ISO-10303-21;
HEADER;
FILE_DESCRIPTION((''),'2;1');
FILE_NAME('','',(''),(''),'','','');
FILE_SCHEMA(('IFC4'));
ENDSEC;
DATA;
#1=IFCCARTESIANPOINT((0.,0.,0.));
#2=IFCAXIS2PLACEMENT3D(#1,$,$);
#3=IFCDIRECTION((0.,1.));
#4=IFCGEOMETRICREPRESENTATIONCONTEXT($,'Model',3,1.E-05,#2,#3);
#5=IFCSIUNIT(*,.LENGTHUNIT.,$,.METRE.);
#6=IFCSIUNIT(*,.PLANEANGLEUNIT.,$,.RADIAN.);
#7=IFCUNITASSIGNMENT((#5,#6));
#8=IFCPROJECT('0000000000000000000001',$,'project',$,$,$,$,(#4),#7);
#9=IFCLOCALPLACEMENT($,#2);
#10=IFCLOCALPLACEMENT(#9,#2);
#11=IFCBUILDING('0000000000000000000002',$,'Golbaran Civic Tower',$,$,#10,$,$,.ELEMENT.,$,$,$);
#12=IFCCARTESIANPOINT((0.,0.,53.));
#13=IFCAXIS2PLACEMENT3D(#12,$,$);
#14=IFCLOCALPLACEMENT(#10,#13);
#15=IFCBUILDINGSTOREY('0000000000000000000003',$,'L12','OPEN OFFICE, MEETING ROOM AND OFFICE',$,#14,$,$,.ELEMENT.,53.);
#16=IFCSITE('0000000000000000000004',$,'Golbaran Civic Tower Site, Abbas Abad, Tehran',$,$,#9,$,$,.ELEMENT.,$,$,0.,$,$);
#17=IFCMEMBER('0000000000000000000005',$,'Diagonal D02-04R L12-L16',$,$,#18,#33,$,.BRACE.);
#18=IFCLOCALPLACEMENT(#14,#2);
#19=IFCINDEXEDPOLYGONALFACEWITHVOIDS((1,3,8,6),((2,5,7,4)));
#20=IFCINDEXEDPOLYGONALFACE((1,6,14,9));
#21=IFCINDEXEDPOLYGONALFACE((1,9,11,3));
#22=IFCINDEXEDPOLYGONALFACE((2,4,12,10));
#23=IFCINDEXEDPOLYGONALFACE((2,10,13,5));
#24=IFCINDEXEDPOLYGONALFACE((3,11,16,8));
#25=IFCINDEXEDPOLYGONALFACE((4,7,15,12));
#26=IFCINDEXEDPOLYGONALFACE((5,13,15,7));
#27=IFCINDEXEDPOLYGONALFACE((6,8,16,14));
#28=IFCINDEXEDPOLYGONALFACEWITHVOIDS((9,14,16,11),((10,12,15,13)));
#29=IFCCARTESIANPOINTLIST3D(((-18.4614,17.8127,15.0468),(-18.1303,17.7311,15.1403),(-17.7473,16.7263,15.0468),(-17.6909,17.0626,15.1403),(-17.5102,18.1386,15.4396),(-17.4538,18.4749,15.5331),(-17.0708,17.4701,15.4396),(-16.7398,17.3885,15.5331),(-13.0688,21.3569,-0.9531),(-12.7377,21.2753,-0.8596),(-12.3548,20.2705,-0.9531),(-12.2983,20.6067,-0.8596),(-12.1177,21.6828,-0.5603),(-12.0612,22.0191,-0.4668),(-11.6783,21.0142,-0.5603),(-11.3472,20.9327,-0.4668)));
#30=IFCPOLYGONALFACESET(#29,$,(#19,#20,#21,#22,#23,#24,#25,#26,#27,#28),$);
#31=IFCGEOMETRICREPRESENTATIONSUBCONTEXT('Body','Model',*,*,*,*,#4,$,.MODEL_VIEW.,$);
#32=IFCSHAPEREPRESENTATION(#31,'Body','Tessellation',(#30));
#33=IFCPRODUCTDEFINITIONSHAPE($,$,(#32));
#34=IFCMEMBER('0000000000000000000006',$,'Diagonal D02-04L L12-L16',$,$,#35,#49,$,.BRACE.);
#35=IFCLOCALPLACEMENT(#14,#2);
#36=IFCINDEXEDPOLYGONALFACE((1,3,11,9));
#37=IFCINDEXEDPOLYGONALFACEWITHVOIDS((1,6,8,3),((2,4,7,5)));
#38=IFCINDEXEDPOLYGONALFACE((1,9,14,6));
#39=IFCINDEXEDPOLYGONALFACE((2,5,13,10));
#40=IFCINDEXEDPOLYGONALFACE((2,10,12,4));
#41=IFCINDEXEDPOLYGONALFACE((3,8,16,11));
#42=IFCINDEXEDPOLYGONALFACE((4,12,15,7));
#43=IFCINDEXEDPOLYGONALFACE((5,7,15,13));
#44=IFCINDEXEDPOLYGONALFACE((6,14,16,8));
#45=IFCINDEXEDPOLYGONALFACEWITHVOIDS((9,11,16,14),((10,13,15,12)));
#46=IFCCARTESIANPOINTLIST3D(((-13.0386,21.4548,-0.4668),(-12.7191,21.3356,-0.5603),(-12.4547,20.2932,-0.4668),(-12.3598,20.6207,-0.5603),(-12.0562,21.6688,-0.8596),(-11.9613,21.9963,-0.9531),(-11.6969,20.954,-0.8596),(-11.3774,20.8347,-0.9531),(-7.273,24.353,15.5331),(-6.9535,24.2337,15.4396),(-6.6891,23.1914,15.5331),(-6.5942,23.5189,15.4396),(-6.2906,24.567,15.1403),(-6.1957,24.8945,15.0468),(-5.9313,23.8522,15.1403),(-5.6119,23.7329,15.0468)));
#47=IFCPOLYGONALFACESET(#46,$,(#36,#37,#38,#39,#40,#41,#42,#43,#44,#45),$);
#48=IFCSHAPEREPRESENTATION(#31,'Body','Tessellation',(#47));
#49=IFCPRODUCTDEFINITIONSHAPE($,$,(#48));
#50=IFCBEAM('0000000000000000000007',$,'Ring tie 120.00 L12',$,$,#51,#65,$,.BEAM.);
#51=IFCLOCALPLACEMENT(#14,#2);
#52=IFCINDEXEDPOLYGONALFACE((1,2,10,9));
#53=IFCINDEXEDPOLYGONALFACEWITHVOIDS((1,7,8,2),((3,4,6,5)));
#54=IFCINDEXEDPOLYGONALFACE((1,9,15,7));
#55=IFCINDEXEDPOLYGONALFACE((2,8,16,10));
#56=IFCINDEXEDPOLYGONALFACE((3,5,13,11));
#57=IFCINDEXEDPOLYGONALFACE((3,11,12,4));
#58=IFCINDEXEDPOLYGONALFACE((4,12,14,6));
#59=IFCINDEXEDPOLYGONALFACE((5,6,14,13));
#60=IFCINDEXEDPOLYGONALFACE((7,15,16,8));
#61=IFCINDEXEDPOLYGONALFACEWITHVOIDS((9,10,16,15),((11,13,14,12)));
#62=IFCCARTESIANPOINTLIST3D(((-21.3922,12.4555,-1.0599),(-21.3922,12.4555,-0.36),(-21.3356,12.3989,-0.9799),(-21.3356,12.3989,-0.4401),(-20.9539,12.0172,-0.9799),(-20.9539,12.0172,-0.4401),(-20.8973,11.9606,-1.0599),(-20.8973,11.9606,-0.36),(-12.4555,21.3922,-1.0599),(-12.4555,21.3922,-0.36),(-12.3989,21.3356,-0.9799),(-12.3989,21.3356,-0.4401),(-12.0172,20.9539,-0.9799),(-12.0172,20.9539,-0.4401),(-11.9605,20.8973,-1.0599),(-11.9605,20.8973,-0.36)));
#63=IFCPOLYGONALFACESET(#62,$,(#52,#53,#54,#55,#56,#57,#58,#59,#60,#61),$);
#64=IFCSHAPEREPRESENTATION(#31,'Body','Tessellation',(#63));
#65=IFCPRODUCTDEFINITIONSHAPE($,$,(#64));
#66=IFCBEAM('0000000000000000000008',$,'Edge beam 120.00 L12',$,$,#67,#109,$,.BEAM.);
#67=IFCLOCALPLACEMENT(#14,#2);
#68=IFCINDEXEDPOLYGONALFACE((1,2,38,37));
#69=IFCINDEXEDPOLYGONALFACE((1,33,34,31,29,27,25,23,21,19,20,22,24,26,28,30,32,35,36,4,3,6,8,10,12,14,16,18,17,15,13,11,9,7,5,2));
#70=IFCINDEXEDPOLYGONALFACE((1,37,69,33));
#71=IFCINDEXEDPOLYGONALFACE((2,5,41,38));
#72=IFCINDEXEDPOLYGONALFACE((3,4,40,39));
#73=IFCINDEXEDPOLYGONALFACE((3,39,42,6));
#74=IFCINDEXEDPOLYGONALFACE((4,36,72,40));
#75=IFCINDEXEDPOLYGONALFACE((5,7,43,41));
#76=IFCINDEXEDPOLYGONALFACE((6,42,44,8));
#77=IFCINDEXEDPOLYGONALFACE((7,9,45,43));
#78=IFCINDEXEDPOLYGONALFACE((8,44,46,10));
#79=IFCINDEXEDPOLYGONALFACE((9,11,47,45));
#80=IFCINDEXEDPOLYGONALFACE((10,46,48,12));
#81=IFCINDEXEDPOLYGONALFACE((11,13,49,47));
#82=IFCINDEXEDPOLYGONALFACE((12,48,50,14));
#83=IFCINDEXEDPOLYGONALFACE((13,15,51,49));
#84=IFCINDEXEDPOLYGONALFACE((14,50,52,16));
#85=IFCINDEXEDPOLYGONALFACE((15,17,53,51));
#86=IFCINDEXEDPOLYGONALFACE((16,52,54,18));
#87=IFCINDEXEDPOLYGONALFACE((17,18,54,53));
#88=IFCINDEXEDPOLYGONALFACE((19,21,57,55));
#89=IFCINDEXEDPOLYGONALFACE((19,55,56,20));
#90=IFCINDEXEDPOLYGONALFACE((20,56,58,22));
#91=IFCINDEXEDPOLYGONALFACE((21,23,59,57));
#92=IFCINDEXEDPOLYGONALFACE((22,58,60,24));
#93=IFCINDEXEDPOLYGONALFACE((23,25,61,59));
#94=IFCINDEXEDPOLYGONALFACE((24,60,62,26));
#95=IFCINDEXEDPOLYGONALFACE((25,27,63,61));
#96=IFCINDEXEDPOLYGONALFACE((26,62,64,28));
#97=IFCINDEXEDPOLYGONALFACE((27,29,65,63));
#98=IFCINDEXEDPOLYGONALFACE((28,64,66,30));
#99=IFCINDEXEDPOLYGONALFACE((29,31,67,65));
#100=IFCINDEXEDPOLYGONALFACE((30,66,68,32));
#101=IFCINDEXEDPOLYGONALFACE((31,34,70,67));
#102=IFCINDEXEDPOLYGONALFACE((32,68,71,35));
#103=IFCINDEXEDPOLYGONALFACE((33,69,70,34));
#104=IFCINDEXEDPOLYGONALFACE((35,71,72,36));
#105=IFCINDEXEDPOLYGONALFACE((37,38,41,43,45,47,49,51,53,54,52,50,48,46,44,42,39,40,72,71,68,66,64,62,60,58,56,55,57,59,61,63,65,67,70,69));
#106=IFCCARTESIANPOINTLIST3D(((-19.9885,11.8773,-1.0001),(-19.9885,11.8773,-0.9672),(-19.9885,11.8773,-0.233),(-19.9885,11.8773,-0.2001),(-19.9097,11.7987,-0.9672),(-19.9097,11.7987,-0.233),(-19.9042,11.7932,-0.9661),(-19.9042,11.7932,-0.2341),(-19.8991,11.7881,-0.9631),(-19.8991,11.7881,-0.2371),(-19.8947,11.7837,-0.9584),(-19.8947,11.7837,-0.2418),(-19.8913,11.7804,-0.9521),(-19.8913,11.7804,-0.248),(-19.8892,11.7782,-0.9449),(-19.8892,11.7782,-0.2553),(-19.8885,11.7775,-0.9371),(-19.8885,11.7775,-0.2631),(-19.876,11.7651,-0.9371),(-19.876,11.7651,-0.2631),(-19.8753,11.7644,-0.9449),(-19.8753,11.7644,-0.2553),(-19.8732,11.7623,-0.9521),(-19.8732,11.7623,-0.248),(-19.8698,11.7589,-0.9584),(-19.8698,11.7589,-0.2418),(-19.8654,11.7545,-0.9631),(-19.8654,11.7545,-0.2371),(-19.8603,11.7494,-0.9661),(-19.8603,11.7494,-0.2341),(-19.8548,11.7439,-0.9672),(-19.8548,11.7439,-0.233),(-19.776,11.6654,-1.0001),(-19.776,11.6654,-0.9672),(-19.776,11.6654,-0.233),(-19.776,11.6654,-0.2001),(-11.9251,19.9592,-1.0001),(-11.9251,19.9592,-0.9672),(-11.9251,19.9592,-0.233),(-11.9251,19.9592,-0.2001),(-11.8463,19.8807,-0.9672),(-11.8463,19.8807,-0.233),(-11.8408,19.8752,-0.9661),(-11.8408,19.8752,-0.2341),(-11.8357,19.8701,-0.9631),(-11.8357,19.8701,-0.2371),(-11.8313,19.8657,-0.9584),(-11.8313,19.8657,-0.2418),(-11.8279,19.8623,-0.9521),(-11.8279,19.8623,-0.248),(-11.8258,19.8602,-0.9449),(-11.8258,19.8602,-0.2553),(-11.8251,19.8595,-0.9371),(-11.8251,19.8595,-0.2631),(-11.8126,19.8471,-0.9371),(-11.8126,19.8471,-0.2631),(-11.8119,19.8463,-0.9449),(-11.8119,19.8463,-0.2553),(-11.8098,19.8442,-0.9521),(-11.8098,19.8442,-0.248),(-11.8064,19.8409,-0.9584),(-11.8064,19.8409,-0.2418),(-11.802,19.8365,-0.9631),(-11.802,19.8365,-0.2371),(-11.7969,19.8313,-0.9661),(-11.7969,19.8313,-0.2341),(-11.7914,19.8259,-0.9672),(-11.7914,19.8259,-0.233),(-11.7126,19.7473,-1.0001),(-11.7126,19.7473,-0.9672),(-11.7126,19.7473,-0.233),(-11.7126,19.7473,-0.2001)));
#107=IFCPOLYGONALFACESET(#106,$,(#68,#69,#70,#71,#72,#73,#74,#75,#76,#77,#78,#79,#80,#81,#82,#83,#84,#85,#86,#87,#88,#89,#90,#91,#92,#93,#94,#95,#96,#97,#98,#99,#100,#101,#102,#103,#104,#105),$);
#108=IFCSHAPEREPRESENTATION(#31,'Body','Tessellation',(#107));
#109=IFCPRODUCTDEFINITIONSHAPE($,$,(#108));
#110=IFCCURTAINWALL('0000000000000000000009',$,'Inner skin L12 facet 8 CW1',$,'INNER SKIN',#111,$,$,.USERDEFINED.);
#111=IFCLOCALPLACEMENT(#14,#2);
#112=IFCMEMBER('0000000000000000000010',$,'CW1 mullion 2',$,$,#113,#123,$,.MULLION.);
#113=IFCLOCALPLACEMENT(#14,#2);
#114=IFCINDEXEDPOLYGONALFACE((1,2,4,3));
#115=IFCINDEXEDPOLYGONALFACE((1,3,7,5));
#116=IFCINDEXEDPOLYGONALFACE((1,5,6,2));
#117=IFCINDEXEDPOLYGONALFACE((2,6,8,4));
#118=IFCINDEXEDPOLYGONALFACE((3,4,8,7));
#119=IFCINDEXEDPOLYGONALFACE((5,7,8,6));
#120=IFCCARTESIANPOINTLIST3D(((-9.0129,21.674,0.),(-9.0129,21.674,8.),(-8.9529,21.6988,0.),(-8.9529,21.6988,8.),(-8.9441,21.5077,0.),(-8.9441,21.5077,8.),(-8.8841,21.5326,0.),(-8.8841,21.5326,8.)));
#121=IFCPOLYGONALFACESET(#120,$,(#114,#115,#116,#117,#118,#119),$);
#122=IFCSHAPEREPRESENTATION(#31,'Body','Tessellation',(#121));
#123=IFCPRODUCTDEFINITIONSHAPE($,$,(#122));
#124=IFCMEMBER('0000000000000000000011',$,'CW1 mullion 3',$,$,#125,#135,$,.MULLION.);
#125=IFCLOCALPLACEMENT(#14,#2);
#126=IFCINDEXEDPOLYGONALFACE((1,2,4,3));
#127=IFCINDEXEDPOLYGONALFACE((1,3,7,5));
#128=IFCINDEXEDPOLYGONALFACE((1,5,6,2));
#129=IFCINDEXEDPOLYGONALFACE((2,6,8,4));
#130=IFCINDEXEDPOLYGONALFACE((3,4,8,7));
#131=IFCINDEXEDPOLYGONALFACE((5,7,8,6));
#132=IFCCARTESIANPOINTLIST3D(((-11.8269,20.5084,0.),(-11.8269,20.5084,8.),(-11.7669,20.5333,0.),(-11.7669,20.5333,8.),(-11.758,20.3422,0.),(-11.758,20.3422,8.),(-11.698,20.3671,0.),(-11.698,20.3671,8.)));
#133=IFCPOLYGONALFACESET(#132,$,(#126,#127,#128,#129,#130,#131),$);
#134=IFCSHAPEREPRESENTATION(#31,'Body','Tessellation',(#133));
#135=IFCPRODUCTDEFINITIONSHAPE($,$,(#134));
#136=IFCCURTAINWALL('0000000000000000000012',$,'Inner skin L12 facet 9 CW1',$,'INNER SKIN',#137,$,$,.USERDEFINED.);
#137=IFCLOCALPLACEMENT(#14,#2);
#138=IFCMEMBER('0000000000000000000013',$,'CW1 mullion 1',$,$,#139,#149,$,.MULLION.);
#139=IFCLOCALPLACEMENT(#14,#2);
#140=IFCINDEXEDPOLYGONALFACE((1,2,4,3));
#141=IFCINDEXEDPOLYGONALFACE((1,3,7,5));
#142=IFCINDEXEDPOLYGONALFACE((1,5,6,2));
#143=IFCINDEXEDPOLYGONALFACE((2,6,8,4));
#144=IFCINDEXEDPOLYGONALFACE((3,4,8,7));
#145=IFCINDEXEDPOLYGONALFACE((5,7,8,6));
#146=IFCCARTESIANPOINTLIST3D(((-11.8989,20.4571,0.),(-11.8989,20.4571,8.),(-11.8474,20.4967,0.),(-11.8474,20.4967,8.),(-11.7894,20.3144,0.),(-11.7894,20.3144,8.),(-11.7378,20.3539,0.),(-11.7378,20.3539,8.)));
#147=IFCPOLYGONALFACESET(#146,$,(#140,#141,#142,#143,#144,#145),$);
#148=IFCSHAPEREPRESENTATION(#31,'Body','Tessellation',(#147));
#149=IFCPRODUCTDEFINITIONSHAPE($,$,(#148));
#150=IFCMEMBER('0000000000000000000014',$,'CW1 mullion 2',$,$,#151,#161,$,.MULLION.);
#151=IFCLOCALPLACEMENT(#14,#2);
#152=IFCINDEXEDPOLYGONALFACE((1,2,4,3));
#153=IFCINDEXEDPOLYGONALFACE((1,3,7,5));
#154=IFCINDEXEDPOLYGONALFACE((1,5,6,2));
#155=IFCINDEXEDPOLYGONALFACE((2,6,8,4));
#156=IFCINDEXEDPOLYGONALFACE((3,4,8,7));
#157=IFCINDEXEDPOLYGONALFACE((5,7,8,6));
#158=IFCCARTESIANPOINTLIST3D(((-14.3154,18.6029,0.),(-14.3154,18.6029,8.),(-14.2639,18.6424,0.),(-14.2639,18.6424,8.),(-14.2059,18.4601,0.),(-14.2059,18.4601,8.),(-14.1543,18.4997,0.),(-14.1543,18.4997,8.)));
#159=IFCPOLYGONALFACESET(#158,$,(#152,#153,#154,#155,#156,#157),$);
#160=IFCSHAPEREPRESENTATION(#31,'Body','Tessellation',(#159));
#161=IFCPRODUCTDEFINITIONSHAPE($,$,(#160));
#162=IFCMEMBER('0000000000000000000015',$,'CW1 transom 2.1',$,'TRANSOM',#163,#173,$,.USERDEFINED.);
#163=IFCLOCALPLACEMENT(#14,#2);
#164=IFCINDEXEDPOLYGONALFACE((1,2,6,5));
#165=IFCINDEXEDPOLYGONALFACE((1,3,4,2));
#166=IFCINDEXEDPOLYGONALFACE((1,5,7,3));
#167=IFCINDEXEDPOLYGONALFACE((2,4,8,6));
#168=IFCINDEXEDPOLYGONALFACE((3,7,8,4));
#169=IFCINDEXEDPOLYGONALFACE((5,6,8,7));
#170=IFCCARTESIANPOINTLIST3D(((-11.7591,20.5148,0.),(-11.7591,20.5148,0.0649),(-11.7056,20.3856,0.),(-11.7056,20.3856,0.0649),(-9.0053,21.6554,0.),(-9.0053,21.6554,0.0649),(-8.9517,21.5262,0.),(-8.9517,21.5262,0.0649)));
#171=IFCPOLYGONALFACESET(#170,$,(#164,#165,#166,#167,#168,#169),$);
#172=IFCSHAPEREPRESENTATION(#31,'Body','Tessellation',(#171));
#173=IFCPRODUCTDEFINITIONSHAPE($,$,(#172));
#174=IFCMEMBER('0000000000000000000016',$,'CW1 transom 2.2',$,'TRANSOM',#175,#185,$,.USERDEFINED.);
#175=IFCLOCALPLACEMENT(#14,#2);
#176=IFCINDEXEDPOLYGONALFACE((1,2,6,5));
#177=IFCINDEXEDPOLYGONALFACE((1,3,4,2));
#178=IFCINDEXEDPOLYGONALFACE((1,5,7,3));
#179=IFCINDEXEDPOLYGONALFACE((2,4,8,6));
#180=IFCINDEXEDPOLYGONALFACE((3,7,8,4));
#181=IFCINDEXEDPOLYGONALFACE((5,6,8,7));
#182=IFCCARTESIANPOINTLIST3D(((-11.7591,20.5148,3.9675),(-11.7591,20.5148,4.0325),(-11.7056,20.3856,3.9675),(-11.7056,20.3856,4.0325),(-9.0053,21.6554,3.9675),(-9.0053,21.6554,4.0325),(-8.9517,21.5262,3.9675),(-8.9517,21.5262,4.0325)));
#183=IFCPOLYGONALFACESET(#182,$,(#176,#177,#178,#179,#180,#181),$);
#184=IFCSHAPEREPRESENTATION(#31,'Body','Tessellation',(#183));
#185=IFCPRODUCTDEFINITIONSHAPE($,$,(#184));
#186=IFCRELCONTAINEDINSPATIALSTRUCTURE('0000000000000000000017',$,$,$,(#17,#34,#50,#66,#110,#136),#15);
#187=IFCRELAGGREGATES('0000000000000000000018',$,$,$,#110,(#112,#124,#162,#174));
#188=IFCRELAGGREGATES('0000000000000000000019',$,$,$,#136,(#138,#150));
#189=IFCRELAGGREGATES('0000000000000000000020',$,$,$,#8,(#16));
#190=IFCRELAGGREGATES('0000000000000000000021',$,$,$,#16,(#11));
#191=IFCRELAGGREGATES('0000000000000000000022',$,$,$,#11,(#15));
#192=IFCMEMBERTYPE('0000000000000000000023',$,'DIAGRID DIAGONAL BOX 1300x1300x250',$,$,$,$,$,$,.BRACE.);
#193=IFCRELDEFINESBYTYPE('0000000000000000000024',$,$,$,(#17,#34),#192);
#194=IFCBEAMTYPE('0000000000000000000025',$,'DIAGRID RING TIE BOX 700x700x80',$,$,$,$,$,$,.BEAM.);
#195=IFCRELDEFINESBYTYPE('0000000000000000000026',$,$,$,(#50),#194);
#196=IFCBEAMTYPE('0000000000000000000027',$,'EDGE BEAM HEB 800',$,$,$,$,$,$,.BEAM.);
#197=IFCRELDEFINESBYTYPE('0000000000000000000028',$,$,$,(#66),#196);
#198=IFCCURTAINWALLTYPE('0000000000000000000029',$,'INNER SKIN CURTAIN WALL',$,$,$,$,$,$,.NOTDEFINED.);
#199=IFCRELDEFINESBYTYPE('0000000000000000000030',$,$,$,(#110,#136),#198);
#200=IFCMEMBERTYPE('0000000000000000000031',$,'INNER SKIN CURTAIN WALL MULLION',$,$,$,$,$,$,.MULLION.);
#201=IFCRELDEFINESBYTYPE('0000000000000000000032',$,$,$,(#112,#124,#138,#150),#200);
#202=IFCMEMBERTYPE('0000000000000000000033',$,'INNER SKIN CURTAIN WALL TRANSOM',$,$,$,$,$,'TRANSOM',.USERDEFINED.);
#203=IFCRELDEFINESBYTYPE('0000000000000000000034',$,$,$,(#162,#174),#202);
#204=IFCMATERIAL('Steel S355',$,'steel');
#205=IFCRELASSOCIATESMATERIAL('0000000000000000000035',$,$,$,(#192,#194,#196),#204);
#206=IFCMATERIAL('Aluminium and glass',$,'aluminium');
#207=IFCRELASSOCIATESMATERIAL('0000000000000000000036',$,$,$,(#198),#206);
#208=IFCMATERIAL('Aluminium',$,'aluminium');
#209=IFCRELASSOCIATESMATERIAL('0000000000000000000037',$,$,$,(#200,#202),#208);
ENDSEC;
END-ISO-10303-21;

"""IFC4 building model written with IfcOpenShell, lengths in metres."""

from ifc_helpers import new_model, si_unit, direction, frame, origin, origin_2d, place, context, subcontext, project, spatial, rectangle, hollow_rectangle, i_section, extrude, material, material_profile, profile_set, type_object, element, aggregate, save


model = new_model("IFC4")

# Units and contexts
model_context = context("Model", 3, precision=1e-05, world=origin(), true_north=direction((0.0, 1.0)))
body_context = subcontext(model_context, "Body", "Model", "MODEL_VIEW")
ifc_project = project(units=[si_unit("LENGTHUNIT", "METRE"), si_unit("PLANEANGLEUNIT", "RADIAN")], contexts=[model_context])

# Site, building, storey
site_placement = place(None, origin())
site = spatial("IfcSite", under=ifc_project, at=site_placement, Name="Golbaran Civic Tower Site, Abbas Abad, Tehran", CompositionType="ELEMENT", RefElevation=0.0)
building_placement = place(site_placement, origin())
building = spatial("IfcBuilding", under=site, at=building_placement, Name="Golbaran Civic Tower", CompositionType="ELEMENT")
storey_placement = place(building_placement, frame((0.0, 0.0, 53.0)))
storey = spatial("IfcBuildingStorey", under=building, at=storey_placement, Name="L12", Description="OPEN OFFICE, MEETING ROOM AND OFFICE", CompositionType="ELEMENT", Elevation=53.0)

# Members
ifc_material_1 = material(Name="Steel S355", Category="steel")
ifc_material_profile_1 = material_profile(ifc_material_1, hollow_rectangle(XDim=1.3, YDim=1.3, WallThickness=0.25, at=origin_2d()), Name="BOX 1300x1300x250")
ifc_profile_set_1 = profile_set([ifc_material_profile_1], Name="Steel S355")
member_type_1 = type_object("IfcMemberType", Name="DIAGRID DIAGONAL BOX 1300x1300x250", PredefinedType="BRACE", material=ifc_profile_set_1)
for number, where, z_axis, x_axis, name in (
    (1, (-12.208, 21.1448, -0.71), (-0.312572, -0.205433, 0.927414), (0.549231, -0.83567, 0.0), "Diagonal D02-04R L12-L16"),
    (2, (-12.208, 21.1448, -0.71), (0.334195, 0.167989, 0.927412), (-0.449119, 0.893472, 0.0), "Diagonal D02-04L L12-L16"),
):
    element("IfcMember", number, at=place(storey_placement, frame(where, z_axis=z_axis, x_axis=x_axis)), inside=storey, type_object=member_type_1, Name=name, PredefinedType="BRACE", context=body_context, shape_type="SweptSolid", body=[
        extrude(hollow_rectangle(XDim=1.3, YDim=1.3, WallThickness=0.25, at=origin_2d()), origin(), (0.0, 0.0, 1.0), 17.2522),
    ])

# Beams
ifc_material_profile_2 = material_profile(ifc_material_1, hollow_rectangle(XDim=0.7, YDim=0.7, WallThickness=0.0801, at=origin_2d()), Name="BOX 700x700x80")
ifc_profile_set_2 = profile_set([ifc_material_profile_2], Name="Steel S355")
beam_type_1 = type_object("IfcBeamType", Name="DIAGRID RING TIE BOX 700x700x80", PredefinedType="BEAM", material=ifc_profile_set_2)
beam_1_placement = place(storey_placement, frame((-12.208, 21.1448, -0.71), z_axis=(-0.707107, -0.707107, 0.0), x_axis=(0.707107, -0.707107, 0.0)))
element("IfcBeam", 3, at=beam_1_placement, inside=storey, type_object=beam_type_1, Name="Ring tie 120.00 L12", PredefinedType="BEAM", context=body_context, shape_type="SweptSolid", body=[
    extrude(hollow_rectangle(XDim=0.7, YDim=0.7, WallThickness=0.0801, at=origin_2d()), origin(), (0.0, 0.0, 1.0), 12.6384),
])
ifc_material_profile_3 = material_profile(ifc_material_1, i_section(OverallWidth=0.3, OverallDepth=0.8, WebThickness=0.0176, FlangeThickness=0.033, FilletRadius=0.03, at=origin_2d()), Name="HEB 800")
ifc_profile_set_3 = profile_set([ifc_material_profile_3], Name="Steel S355")
beam_type_2 = type_object("IfcBeamType", Name="EDGE BEAM HEB 800", PredefinedType="BEAM", material=ifc_profile_set_3)
beam_2_placement = place(storey_placement, frame((-11.8188, 19.8533, -0.6001), z_axis=(-0.706294, -0.707919, 0.0), x_axis=(0.707919, -0.706294, 0.0)))
element("IfcBeam", 4, at=beam_2_placement, inside=storey, type_object=beam_type_2, Name="Edge beam 120.00 L12", PredefinedType="BEAM", context=body_context, shape_type="SweptSolid", body=[
    extrude(i_section(OverallWidth=0.3, OverallDepth=0.8, WebThickness=0.0176, FlangeThickness=0.033, FilletRadius=0.03, at=origin_2d()), origin(), (0.0, 0.0, 1.0), 11.4165),
])

# Curtain walls, members
ifc_material_2 = material(Name="Aluminium and glass", Category="aluminium")
curtain_wall_type = type_object("IfcCurtainWallType", Name="INNER SKIN CURTAIN WALL", PredefinedType="NOTDEFINED", material=ifc_material_2)
curtain_wall_1_placement = place(storey_placement, origin())
curtain_wall_1 = element("IfcCurtainWall", 5, at=curtain_wall_1_placement, inside=storey, type_object=curtain_wall_type, Name="Inner skin L12 facet 8 CW1", ObjectType="INNER SKIN", PredefinedType="USERDEFINED")
ifc_material_3 = material(Name="Aluminium", Category="aluminium")
ifc_material_profile_4 = material_profile(ifc_material_3, rectangle(XDim=0.1799, YDim=0.0649, at=origin_2d()), Name="INNER SKIN CURTAIN WALL MULLION")
ifc_profile_set_4 = profile_set([ifc_material_profile_4], Name="Aluminium")
member_type_2 = type_object("IfcMemberType", Name="INNER SKIN CURTAIN WALL MULLION", PredefinedType="MULLION", material=ifc_profile_set_4)
member_1_placement = place(storey_placement, frame((-8.9485, 21.6033, 0.0), z_axis=(0.0, 0.0, 1.0), x_axis=(0.382683, -0.92388, 0.0)))
member_1 = element("IfcMember", 6, at=member_1_placement, type_object=member_type_2, Name="CW1 mullion 2", PredefinedType="MULLION", context=body_context, shape_type="SweptSolid", body=[
    extrude(rectangle(XDim=0.1799, YDim=0.0649, at=origin_2d()), origin(), (0.0, 0.0, 1.0), 8.0),
])
member_2_placement = place(storey_placement, frame((-11.7625, 20.4377, 0.0), z_axis=(0.0, 0.0, 1.0), x_axis=(0.382683, -0.92388, 0.0)))
member_2 = element("IfcMember", 7, at=member_2_placement, type_object=member_type_2, Name="CW1 mullion 3", PredefinedType="MULLION", context=body_context, shape_type="SweptSolid", body=[
    extrude(rectangle(XDim=0.1799, YDim=0.0649, at=origin_2d()), origin(), (0.0, 0.0, 1.0), 8.0),
])
curtain_wall_2_placement = place(storey_placement, origin())
curtain_wall_2 = element("IfcCurtainWall", 8, at=curtain_wall_2_placement, inside=storey, type_object=curtain_wall_type, Name="Inner skin L12 facet 9 CW1", ObjectType="INNER SKIN", PredefinedType="USERDEFINED")
member_3_placement = place(storey_placement, frame((-11.8184, 20.4055, 0.0), z_axis=(0.0, 0.0, 1.0), x_axis=(0.608761, -0.793353, 0.0)))
member_3 = element("IfcMember", 9, at=member_3_placement, type_object=member_type_2, Name="CW1 mullion 1", PredefinedType="MULLION", context=body_context, shape_type="SweptSolid", body=[
    extrude(rectangle(XDim=0.1799, YDim=0.0649, at=origin_2d()), origin(), (0.0, 0.0, 1.0), 8.0),
])
member_4_placement = place(storey_placement, frame((-14.2349, 18.5513, 0.0), z_axis=(0.0, 0.0, 1.0), x_axis=(0.608761, -0.793353, 0.0)))
member_4 = element("IfcMember", 10, at=member_4_placement, type_object=member_type_2, Name="CW1 mullion 2", PredefinedType="MULLION", context=body_context, shape_type="SweptSolid", body=[
    extrude(rectangle(XDim=0.1799, YDim=0.0649, at=origin_2d()), origin(), (0.0, 0.0, 1.0), 8.0),
])

# Members
ifc_material_profile_5 = material_profile(ifc_material_3, rectangle(XDim=0.1399, YDim=0.0649, at=origin_2d()), Name="INNER SKIN CURTAIN WALL TRANSOM")
ifc_profile_set_5 = profile_set([ifc_material_profile_5], Name="Aluminium")
member_type_3 = type_object("IfcMemberType", Name="INNER SKIN CURTAIN WALL TRANSOM", ElementType="TRANSOM", PredefinedType="USERDEFINED", material=ifc_profile_set_5)
member_5_placement = place(storey_placement, frame((-8.9785, 21.5908, 0.0325), z_axis=(-0.923889, -0.38266, 0.0), x_axis=(0.38266, -0.923889, 0.0)))
member_5 = element("IfcMember", 11, at=member_5_placement, type_object=member_type_3, Name="CW1 transom 2.1", ObjectType="TRANSOM", PredefinedType="USERDEFINED", context=body_context, shape_type="SweptSolid", body=[
    extrude(rectangle(XDim=0.1399, YDim=0.0649, at=origin_2d()), origin(), (0.0, 0.0, 1.0), 2.9807),
])
member_6_placement = place(storey_placement, frame((-8.9785, 21.5908, 4.0), z_axis=(-0.923889, -0.38266, 0.0), x_axis=(0.38266, -0.923889, 0.0)))
member_6 = element("IfcMember", 12, at=member_6_placement, type_object=member_type_3, Name="CW1 transom 2.2", ObjectType="TRANSOM", PredefinedType="USERDEFINED", context=body_context, shape_type="SweptSolid", body=[
    extrude(rectangle(XDim=0.1399, YDim=0.0649, at=origin_2d()), origin(), (0.0, 0.0, 1.0), 2.9807),
])

aggregate(curtain_wall_1, [member_1, member_2, member_5, member_6])
aggregate(curtain_wall_2, [member_3, member_4])

save(model, "model.ifc")
